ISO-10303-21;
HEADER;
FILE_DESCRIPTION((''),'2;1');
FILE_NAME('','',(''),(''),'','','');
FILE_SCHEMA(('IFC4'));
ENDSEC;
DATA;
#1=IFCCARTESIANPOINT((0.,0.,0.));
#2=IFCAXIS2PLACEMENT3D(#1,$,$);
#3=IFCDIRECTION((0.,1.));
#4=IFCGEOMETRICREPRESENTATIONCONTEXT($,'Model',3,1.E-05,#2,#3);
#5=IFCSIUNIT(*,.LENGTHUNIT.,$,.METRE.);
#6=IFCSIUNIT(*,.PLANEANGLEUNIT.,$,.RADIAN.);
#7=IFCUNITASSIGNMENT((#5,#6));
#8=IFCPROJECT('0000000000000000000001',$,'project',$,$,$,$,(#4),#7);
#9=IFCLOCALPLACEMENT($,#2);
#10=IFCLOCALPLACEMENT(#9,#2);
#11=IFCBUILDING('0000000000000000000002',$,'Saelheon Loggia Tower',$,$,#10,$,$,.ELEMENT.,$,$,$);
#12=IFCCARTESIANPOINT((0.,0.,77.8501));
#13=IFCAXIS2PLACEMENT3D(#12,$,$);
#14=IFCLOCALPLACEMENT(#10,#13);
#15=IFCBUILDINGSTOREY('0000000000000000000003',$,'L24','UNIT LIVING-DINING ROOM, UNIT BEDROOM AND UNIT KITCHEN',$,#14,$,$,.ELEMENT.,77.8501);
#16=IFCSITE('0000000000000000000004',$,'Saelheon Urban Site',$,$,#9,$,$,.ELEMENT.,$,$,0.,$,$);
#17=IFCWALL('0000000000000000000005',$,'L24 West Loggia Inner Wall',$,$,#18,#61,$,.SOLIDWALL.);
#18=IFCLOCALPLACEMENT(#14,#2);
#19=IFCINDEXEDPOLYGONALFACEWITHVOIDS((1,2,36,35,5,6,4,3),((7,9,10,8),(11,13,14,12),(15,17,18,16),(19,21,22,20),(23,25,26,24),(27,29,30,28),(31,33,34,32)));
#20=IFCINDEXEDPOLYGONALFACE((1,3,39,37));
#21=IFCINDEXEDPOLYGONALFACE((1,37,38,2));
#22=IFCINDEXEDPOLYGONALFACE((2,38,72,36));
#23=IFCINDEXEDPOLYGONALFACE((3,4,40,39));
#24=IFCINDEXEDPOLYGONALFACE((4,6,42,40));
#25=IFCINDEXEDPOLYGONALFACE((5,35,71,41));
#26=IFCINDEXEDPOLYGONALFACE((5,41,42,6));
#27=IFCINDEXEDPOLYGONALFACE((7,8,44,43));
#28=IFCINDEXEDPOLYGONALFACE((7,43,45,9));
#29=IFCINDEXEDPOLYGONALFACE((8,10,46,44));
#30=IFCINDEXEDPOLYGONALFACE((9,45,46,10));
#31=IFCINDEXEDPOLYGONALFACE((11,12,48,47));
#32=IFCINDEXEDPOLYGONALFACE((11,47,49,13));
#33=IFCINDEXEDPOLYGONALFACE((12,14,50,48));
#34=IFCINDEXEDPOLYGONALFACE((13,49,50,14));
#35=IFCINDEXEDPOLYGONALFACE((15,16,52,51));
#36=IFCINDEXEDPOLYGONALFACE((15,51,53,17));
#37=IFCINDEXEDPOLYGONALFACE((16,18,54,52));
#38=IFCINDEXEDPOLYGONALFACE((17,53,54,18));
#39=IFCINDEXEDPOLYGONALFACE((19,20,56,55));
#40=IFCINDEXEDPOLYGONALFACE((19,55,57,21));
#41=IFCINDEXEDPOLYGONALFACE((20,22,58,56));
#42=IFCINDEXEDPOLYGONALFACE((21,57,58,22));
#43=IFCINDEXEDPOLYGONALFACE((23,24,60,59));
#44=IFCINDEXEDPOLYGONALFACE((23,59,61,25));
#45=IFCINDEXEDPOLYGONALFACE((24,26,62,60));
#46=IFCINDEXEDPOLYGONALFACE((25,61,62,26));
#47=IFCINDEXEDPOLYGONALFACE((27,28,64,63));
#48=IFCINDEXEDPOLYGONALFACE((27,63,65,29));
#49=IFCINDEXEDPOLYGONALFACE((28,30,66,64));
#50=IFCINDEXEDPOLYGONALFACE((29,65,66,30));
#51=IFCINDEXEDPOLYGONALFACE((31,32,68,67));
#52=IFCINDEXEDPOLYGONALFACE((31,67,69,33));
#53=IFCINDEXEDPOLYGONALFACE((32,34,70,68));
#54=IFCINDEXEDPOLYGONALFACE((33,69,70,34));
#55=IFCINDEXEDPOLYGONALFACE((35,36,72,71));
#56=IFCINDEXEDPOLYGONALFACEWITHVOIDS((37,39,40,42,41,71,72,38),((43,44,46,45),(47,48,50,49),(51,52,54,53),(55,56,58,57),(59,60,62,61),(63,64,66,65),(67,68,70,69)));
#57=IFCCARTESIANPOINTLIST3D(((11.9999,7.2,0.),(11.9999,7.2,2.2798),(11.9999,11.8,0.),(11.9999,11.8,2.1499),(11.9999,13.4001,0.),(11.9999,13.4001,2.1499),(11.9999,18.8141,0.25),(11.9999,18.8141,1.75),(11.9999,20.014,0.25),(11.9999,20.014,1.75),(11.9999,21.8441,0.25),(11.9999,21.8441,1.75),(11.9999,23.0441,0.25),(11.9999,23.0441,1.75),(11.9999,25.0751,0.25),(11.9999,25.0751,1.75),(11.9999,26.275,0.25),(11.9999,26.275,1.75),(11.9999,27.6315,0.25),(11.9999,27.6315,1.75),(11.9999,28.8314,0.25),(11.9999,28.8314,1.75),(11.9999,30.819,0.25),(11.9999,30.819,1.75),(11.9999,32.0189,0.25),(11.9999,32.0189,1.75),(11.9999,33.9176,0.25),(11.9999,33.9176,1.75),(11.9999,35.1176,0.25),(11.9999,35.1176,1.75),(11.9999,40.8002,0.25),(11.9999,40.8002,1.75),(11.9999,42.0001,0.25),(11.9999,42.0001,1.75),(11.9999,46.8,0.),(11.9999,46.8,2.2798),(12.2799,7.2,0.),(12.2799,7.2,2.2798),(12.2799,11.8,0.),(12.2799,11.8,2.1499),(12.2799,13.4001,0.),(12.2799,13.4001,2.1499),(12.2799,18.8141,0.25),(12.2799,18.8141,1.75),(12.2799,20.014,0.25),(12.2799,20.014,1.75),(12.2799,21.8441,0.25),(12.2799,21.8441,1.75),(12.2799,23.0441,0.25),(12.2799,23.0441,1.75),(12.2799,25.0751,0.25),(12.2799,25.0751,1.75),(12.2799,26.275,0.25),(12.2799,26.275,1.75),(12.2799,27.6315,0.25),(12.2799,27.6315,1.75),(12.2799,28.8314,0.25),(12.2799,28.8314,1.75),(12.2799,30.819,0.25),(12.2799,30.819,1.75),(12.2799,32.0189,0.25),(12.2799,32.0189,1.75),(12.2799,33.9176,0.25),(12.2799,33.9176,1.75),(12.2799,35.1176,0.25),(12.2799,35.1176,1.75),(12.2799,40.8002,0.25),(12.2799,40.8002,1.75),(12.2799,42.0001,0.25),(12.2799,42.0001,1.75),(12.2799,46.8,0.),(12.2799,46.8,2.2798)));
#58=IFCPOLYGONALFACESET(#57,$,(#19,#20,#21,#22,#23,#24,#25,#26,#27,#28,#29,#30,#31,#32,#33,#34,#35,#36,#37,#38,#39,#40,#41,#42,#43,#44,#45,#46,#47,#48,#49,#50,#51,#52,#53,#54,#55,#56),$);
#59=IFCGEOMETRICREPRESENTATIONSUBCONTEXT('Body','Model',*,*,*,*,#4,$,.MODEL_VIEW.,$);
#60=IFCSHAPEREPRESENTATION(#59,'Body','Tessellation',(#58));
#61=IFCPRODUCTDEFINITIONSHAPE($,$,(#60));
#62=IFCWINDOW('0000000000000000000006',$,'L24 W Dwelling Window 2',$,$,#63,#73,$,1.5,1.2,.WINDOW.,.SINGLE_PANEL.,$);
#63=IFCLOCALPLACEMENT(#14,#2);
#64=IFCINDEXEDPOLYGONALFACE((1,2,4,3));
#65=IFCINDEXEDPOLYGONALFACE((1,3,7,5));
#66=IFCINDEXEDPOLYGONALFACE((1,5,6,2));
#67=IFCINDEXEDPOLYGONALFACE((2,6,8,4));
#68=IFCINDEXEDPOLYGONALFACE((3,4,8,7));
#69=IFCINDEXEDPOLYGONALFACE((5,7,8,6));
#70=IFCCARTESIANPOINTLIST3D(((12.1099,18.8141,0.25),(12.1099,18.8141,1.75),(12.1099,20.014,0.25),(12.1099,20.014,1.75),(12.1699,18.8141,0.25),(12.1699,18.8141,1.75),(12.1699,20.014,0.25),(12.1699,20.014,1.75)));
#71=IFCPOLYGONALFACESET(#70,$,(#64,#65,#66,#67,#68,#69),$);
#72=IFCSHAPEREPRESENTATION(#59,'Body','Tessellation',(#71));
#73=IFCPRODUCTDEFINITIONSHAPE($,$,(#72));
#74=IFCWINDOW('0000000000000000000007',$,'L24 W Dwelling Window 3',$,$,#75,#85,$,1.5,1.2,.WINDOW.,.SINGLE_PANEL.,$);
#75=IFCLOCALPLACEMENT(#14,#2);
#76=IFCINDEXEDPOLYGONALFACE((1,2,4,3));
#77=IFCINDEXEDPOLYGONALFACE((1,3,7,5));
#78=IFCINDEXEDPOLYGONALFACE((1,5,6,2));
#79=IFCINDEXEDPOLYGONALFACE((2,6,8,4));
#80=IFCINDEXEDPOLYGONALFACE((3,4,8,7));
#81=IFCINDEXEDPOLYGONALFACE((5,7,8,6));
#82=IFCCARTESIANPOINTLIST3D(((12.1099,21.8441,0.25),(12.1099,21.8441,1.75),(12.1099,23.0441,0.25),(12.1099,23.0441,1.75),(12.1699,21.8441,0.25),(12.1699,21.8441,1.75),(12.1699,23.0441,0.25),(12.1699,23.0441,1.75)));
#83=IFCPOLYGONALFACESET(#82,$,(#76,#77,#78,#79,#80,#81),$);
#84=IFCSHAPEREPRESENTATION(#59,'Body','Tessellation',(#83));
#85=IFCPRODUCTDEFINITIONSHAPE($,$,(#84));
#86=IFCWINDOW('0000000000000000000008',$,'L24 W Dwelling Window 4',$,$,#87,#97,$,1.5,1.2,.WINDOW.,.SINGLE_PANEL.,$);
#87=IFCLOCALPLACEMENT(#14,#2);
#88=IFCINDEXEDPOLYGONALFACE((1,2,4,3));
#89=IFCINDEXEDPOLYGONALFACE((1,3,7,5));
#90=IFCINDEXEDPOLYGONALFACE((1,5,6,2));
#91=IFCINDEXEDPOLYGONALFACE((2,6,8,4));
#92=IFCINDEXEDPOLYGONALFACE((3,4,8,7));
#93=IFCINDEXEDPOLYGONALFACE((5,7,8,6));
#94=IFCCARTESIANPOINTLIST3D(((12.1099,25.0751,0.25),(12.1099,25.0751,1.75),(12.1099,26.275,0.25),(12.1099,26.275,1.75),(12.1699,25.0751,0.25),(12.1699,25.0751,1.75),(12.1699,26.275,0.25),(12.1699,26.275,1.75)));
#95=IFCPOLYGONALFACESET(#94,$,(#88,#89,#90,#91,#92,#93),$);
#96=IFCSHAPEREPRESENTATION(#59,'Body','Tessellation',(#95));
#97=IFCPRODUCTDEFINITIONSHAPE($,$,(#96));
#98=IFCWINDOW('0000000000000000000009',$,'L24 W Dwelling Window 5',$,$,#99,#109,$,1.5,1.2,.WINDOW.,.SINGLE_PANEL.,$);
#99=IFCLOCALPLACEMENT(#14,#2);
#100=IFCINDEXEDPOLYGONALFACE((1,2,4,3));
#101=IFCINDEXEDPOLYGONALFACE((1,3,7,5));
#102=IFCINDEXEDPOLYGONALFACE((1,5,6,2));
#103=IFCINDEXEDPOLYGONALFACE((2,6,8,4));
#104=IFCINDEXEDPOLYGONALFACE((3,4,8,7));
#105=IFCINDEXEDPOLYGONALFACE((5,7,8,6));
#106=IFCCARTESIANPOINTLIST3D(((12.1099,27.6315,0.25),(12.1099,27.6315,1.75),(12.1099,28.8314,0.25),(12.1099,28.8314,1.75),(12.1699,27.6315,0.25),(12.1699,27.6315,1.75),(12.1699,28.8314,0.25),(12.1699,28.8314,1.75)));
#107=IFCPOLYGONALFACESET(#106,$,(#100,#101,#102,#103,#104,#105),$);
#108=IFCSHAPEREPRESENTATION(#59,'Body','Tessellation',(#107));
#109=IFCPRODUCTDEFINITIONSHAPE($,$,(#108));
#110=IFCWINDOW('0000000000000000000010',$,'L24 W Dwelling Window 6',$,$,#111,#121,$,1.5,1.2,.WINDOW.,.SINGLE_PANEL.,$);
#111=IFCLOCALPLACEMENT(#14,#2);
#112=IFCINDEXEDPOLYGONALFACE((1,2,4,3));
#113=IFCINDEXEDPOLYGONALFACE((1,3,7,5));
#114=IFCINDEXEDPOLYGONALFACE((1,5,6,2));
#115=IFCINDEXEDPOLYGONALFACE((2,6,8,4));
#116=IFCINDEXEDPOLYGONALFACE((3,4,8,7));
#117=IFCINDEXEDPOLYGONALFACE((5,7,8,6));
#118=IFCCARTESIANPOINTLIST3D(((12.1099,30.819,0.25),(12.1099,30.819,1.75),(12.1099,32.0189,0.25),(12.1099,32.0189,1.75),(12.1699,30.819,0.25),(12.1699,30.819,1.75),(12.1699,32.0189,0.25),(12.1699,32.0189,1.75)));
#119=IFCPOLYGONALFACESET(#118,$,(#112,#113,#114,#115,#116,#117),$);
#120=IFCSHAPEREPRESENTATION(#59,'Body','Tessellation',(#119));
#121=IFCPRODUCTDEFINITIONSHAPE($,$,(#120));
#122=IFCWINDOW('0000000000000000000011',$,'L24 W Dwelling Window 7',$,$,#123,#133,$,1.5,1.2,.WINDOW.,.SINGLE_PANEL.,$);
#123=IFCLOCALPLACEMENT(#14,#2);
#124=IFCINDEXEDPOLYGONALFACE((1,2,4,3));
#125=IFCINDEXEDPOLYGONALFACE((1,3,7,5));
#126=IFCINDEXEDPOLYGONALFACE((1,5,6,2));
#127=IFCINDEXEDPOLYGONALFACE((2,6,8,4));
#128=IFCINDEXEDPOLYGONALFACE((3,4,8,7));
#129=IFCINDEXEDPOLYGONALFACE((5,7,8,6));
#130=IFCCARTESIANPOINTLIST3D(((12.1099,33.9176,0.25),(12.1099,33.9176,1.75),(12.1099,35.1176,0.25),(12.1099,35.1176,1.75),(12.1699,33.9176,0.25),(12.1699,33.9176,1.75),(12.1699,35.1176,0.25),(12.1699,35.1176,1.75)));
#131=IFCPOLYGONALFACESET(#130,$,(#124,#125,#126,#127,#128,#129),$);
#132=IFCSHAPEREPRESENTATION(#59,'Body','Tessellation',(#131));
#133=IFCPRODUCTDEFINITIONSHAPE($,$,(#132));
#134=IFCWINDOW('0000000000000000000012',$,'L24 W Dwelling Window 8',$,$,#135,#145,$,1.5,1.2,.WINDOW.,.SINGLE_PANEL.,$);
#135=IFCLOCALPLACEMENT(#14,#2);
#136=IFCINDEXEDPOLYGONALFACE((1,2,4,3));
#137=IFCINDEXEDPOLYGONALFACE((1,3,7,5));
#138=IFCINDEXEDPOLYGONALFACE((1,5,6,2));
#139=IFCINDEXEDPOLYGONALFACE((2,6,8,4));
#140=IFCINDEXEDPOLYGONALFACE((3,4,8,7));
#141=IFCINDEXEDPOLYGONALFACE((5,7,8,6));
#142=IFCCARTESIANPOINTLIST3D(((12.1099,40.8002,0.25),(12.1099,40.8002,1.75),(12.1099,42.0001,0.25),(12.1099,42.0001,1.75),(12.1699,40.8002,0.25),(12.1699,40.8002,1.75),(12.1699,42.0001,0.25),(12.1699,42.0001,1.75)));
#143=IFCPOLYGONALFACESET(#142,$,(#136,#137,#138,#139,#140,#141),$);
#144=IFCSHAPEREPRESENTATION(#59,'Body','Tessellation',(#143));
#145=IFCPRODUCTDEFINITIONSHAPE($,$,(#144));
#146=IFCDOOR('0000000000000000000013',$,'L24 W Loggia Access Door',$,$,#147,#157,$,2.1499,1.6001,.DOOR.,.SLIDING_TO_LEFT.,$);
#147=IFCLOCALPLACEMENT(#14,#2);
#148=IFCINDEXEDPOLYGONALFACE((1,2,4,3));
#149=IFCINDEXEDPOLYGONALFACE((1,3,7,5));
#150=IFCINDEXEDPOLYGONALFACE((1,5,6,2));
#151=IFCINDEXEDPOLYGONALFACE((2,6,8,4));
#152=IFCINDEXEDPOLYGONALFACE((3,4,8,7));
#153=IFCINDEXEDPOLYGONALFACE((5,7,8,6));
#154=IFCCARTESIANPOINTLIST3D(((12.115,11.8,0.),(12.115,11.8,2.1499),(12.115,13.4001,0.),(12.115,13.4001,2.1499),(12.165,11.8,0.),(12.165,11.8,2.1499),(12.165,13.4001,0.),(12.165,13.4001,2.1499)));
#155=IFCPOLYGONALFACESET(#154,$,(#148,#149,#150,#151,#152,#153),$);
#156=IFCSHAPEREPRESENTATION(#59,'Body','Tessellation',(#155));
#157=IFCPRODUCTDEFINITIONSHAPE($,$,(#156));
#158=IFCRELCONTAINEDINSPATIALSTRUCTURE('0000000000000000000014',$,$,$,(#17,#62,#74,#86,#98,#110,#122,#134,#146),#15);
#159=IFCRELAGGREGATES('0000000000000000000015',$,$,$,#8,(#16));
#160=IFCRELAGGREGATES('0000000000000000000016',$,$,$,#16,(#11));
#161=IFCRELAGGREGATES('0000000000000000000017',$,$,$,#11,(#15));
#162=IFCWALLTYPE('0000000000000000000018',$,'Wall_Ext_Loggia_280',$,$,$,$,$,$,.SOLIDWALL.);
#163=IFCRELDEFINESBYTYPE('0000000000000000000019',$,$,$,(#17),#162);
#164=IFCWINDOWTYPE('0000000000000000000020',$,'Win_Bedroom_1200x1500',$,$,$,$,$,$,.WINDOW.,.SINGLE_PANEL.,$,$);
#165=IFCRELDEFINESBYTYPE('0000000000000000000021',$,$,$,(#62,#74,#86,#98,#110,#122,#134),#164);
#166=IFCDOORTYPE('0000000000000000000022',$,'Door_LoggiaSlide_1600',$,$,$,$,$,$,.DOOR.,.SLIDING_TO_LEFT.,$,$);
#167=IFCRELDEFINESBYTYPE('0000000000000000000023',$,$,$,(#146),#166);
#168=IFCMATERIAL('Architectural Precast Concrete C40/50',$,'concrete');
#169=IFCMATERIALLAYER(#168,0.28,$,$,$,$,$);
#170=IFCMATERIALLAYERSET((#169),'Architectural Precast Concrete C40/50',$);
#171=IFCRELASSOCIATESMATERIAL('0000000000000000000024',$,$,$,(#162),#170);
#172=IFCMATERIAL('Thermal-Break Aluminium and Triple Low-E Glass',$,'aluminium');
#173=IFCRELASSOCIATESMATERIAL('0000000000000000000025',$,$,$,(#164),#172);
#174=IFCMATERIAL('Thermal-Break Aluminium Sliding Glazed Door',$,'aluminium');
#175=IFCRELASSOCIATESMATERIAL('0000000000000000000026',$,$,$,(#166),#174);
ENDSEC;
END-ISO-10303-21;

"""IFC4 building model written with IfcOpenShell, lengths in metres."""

from ifc_helpers import new_model, si_unit, direction, frame, frame_2d, origin, place, context, subcontext, project, spatial, rectangle, extrude, source, transform, mapped, material, layer, layer_set, type_object, element, fill, save


model = new_model("IFC4")

# Units and contexts
model_context = context("Model", 3, precision=1e-05, world=origin(), true_north=direction((0.0, 1.0)))
body_context = subcontext(model_context, "Body", "Model", "MODEL_VIEW")
ifc_project = project(units=[si_unit("LENGTHUNIT", "METRE"), si_unit("PLANEANGLEUNIT", "RADIAN")], contexts=[model_context])

# Site, building, storey
site_placement = place(None, origin())
site = spatial("IfcSite", under=ifc_project, at=site_placement, Name="Saelheon Urban Site", CompositionType="ELEMENT", RefElevation=0.0)
building_placement = place(site_placement, origin())
building = spatial("IfcBuilding", under=site, at=building_placement, Name="Saelheon Loggia Tower", CompositionType="ELEMENT")
storey_placement = place(building_placement, frame((0.0, 0.0, 77.8501)))
storey = spatial("IfcBuildingStorey", under=building, at=storey_placement, Name="L24", Description="UNIT LIVING-DINING ROOM, UNIT BEDROOM AND UNIT KITCHEN", CompositionType="ELEMENT", Elevation=77.8501)

# Wall, openings, windows, door
ifc_material_1 = material(Name="Architectural Precast Concrete C40/50", Category="concrete")
ifc_layer_1 = layer(ifc_material_1, 0.28)
ifc_layer_set_1 = layer_set([ifc_layer_1], Name="Architectural Precast Concrete C40/50")
wall_type_1 = type_object("IfcWallType", Name="Wall_Ext_Loggia_280", PredefinedType="SOLIDWALL", material=ifc_layer_set_1)
wall_1_placement = place(storey_placement, frame((12.1399, 7.2, 0.0), z_axis=(0.0, 0.0, 1.0), x_axis=(0.0, 1.0, 0.0)))
wall_1 = element("IfcWall", 1, at=wall_1_placement, inside=storey, type_object=wall_type_1, Name="L24 West Loggia Inner Wall", PredefinedType="SOLIDWALL", context=body_context, shape_type="SweptSolid", body=[
    extrude(rectangle(XDim=39.6001, YDim=0.28, at=frame_2d((19.8, 0.0))), origin(), (0.0, 0.0, 1.0), 2.2798),
])
opening_1_placement = place(wall_1_placement, frame((4.6001, 0.0, 0.0)))
opening_1 = element("IfcOpeningElement", 2, at=opening_1_placement, cuts=wall_1, PredefinedType="OPENING", context=body_context, shape_type="SweptSolid", body=[
    extrude(rectangle(XDim=1.6001, YDim=2.1499, at=frame_2d((0.8, 1.075))), frame((0.0, 0.1521, 0.0), z_axis=(0.0, -1.0, 0.0), x_axis=(1.0, 0.0, 0.0)), (0.0, 0.0, 1.0), 0.304),
])
opening_2_placement = place(wall_1_placement, frame((11.614, 0.0, 0.25)))
opening_2 = element("IfcOpeningElement", 3, at=opening_2_placement, cuts=wall_1, PredefinedType="OPENING", context=body_context, shape_type="SweptSolid", body=[
    extrude(rectangle(XDim=1.2, YDim=1.5, at=frame_2d((0.6001, 0.75))), frame((0.0, 0.1521, 0.0), z_axis=(0.0, -1.0, 0.0), x_axis=(1.0, 0.0, 0.0)), (0.0, 0.0, 1.0), 0.304),
])
opening_3_placement = place(wall_1_placement, frame((14.644, 0.0, 0.25)))
opening_3 = element("IfcOpeningElement", 4, at=opening_3_placement, cuts=wall_1, PredefinedType="OPENING", context=body_context, shape_type="SweptSolid", body=[
    extrude(rectangle(XDim=1.2, YDim=1.5, at=frame_2d((0.6001, 0.75))), frame((0.0, 0.1521, 0.0), z_axis=(0.0, -1.0, 0.0), x_axis=(1.0, 0.0, 0.0)), (0.0, 0.0, 1.0), 0.304),
])
opening_4_placement = place(wall_1_placement, frame((17.875, 0.0, 0.25)))
opening_4 = element("IfcOpeningElement", 5, at=opening_4_placement, cuts=wall_1, PredefinedType="OPENING", context=body_context, shape_type="SweptSolid", body=[
    extrude(rectangle(XDim=1.2, YDim=1.5, at=frame_2d((0.6001, 0.75))), frame((0.0, 0.1521, 0.0), z_axis=(0.0, -1.0, 0.0), x_axis=(1.0, 0.0, 0.0)), (0.0, 0.0, 1.0), 0.304),
])
opening_5_placement = place(wall_1_placement, frame((20.4314, 0.0, 0.25)))
opening_5 = element("IfcOpeningElement", 6, at=opening_5_placement, cuts=wall_1, PredefinedType="OPENING", context=body_context, shape_type="SweptSolid", body=[
    extrude(rectangle(XDim=1.2, YDim=1.5, at=frame_2d((0.6001, 0.75))), frame((0.0, 0.1521, 0.0), z_axis=(0.0, -1.0, 0.0), x_axis=(1.0, 0.0, 0.0)), (0.0, 0.0, 1.0), 0.304),
])
opening_6_placement = place(wall_1_placement, frame((23.6189, 0.0, 0.25)))
opening_6 = element("IfcOpeningElement", 7, at=opening_6_placement, cuts=wall_1, PredefinedType="OPENING", context=body_context, shape_type="SweptSolid", body=[
    extrude(rectangle(XDim=1.2, YDim=1.5, at=frame_2d((0.6001, 0.75))), frame((0.0, 0.1521, 0.0), z_axis=(0.0, -1.0, 0.0), x_axis=(1.0, 0.0, 0.0)), (0.0, 0.0, 1.0), 0.304),
])
opening_7_placement = place(wall_1_placement, frame((26.7175, 0.0, 0.25)))
opening_7 = element("IfcOpeningElement", 8, at=opening_7_placement, cuts=wall_1, PredefinedType="OPENING", context=body_context, shape_type="SweptSolid", body=[
    extrude(rectangle(XDim=1.2, YDim=1.5, at=frame_2d((0.6001, 0.75))), frame((0.0, 0.1521, 0.0), z_axis=(0.0, -1.0, 0.0), x_axis=(1.0, 0.0, 0.0)), (0.0, 0.0, 1.0), 0.304),
])
opening_8_placement = place(wall_1_placement, frame((33.6001, 0.0, 0.25)))
opening_8 = element("IfcOpeningElement", 9, at=opening_8_placement, cuts=wall_1, PredefinedType="OPENING", context=body_context, shape_type="SweptSolid", body=[
    extrude(rectangle(XDim=1.2, YDim=1.5, at=frame_2d((0.6001, 0.75))), frame((0.0, 0.1521, 0.0), z_axis=(0.0, -1.0, 0.0), x_axis=(1.0, 0.0, 0.0)), (0.0, 0.0, 1.0), 0.304),
])
ifc_material_2 = material(Name="Thermal-Break Aluminium and Triple Low-E Glass", Category="aluminium")
window_type = type_object("IfcWindowType", Name="Win_Bedroom_1200x1500", PartitioningType="SINGLE_PANEL", PredefinedType="WINDOW", material=ifc_material_2)
shared_shape_1 = source(origin(), body_context, "Body", "SweptSolid", [
    extrude(rectangle(XDim=1.2, YDim=1.5, at=frame_2d((0.6001, 0.75))), frame((0.0, 0.03, 0.0), z_axis=(0.0, -1.0, 0.0), x_axis=(1.0, 0.0, 0.0)), (0.0, 0.0, 1.0), 0.0601),
])
window_1_placement = place(opening_2_placement, origin())
window_1 = element("IfcWindow", 10, at=window_1_placement, inside=storey, type_object=window_type, Name="L24 W Dwelling Window 2", OverallHeight=1.5, OverallWidth=1.2, PartitioningType="SINGLE_PANEL", PredefinedType="WINDOW", context=body_context, shape_type="MappedRepresentation", body=[
    mapped(shared_shape_1, transform((0.0, 0.0, 0.0), scale=1.0)),
])
fill(opening_2, window_1)
window_2_placement = place(opening_3_placement, origin())
window_2 = element("IfcWindow", 11, at=window_2_placement, inside=storey, type_object=window_type, Name="L24 W Dwelling Window 3", OverallHeight=1.5, OverallWidth=1.2, PartitioningType="SINGLE_PANEL", PredefinedType="WINDOW", context=body_context, shape_type="MappedRepresentation", body=[
    mapped(shared_shape_1, transform((0.0, 0.0, 0.0), scale=1.0)),
])
fill(opening_3, window_2)
window_3_placement = place(opening_4_placement, origin())
window_3 = element("IfcWindow", 12, at=window_3_placement, inside=storey, type_object=window_type, Name="L24 W Dwelling Window 4", OverallHeight=1.5, OverallWidth=1.2, PartitioningType="SINGLE_PANEL", PredefinedType="WINDOW", context=body_context, shape_type="MappedRepresentation", body=[
    mapped(shared_shape_1, transform((0.0, 0.0, 0.0), scale=1.0)),
])
fill(opening_4, window_3)
window_4_placement = place(opening_5_placement, origin())
window_4 = element("IfcWindow", 13, at=window_4_placement, inside=storey, type_object=window_type, Name="L24 W Dwelling Window 5", OverallHeight=1.5, OverallWidth=1.2, PartitioningType="SINGLE_PANEL", PredefinedType="WINDOW", context=body_context, shape_type="MappedRepresentation", body=[
    mapped(shared_shape_1, transform((0.0, 0.0, 0.0), scale=1.0)),
])
fill(opening_5, window_4)
window_5_placement = place(opening_6_placement, origin())
window_5 = element("IfcWindow", 14, at=window_5_placement, inside=storey, type_object=window_type, Name="L24 W Dwelling Window 6", OverallHeight=1.5, OverallWidth=1.2, PartitioningType="SINGLE_PANEL", PredefinedType="WINDOW", context=body_context, shape_type="MappedRepresentation", body=[
    mapped(shared_shape_1, transform((0.0, 0.0, 0.0), scale=1.0)),
])
fill(opening_6, window_5)
window_6_placement = place(opening_7_placement, origin())
window_6 = element("IfcWindow", 15, at=window_6_placement, inside=storey, type_object=window_type, Name="L24 W Dwelling Window 7", OverallHeight=1.5, OverallWidth=1.2, PartitioningType="SINGLE_PANEL", PredefinedType="WINDOW", context=body_context, shape_type="MappedRepresentation", body=[
    mapped(shared_shape_1, transform((0.0, 0.0, 0.0), scale=1.0)),
])
fill(opening_7, window_6)
window_7_placement = place(opening_8_placement, origin())
window_7 = element("IfcWindow", 16, at=window_7_placement, inside=storey, type_object=window_type, Name="L24 W Dwelling Window 8", OverallHeight=1.5, OverallWidth=1.2, PartitioningType="SINGLE_PANEL", PredefinedType="WINDOW", context=body_context, shape_type="MappedRepresentation", body=[
    mapped(shared_shape_1, transform((0.0, 0.0, 0.0), scale=1.0)),
])
fill(opening_8, window_7)
ifc_material_3 = material(Name="Thermal-Break Aluminium Sliding Glazed Door", Category="aluminium")
door_type_1 = type_object("IfcDoorType", Name="Door_LoggiaSlide_1600", OperationType="SLIDING_TO_LEFT", PredefinedType="DOOR", material=ifc_material_3)
shared_shape_2 = source(origin(), body_context, "Body", "SweptSolid", [
    extrude(rectangle(XDim=1.6001, YDim=2.1499, at=frame_2d((0.8, 1.075))), frame((0.0, 0.0249, 0.0), z_axis=(0.0, -1.0, 0.0), x_axis=(1.0, 0.0, 0.0)), (0.0, 0.0, 1.0), 0.05),
])
door_1_placement = place(opening_1_placement, origin())
door_1 = element("IfcDoor", 17, at=door_1_placement, inside=storey, type_object=door_type_1, Name="L24 W Loggia Access Door", OperationType="SLIDING_TO_LEFT", OverallHeight=2.1499, OverallWidth=1.6001, PredefinedType="DOOR", context=body_context, shape_type="MappedRepresentation", body=[
    mapped(shared_shape_2, transform((0.0, 0.0, 0.0), scale=1.0)),
])
fill(opening_1, door_1)

save(model, "model.ifc")
